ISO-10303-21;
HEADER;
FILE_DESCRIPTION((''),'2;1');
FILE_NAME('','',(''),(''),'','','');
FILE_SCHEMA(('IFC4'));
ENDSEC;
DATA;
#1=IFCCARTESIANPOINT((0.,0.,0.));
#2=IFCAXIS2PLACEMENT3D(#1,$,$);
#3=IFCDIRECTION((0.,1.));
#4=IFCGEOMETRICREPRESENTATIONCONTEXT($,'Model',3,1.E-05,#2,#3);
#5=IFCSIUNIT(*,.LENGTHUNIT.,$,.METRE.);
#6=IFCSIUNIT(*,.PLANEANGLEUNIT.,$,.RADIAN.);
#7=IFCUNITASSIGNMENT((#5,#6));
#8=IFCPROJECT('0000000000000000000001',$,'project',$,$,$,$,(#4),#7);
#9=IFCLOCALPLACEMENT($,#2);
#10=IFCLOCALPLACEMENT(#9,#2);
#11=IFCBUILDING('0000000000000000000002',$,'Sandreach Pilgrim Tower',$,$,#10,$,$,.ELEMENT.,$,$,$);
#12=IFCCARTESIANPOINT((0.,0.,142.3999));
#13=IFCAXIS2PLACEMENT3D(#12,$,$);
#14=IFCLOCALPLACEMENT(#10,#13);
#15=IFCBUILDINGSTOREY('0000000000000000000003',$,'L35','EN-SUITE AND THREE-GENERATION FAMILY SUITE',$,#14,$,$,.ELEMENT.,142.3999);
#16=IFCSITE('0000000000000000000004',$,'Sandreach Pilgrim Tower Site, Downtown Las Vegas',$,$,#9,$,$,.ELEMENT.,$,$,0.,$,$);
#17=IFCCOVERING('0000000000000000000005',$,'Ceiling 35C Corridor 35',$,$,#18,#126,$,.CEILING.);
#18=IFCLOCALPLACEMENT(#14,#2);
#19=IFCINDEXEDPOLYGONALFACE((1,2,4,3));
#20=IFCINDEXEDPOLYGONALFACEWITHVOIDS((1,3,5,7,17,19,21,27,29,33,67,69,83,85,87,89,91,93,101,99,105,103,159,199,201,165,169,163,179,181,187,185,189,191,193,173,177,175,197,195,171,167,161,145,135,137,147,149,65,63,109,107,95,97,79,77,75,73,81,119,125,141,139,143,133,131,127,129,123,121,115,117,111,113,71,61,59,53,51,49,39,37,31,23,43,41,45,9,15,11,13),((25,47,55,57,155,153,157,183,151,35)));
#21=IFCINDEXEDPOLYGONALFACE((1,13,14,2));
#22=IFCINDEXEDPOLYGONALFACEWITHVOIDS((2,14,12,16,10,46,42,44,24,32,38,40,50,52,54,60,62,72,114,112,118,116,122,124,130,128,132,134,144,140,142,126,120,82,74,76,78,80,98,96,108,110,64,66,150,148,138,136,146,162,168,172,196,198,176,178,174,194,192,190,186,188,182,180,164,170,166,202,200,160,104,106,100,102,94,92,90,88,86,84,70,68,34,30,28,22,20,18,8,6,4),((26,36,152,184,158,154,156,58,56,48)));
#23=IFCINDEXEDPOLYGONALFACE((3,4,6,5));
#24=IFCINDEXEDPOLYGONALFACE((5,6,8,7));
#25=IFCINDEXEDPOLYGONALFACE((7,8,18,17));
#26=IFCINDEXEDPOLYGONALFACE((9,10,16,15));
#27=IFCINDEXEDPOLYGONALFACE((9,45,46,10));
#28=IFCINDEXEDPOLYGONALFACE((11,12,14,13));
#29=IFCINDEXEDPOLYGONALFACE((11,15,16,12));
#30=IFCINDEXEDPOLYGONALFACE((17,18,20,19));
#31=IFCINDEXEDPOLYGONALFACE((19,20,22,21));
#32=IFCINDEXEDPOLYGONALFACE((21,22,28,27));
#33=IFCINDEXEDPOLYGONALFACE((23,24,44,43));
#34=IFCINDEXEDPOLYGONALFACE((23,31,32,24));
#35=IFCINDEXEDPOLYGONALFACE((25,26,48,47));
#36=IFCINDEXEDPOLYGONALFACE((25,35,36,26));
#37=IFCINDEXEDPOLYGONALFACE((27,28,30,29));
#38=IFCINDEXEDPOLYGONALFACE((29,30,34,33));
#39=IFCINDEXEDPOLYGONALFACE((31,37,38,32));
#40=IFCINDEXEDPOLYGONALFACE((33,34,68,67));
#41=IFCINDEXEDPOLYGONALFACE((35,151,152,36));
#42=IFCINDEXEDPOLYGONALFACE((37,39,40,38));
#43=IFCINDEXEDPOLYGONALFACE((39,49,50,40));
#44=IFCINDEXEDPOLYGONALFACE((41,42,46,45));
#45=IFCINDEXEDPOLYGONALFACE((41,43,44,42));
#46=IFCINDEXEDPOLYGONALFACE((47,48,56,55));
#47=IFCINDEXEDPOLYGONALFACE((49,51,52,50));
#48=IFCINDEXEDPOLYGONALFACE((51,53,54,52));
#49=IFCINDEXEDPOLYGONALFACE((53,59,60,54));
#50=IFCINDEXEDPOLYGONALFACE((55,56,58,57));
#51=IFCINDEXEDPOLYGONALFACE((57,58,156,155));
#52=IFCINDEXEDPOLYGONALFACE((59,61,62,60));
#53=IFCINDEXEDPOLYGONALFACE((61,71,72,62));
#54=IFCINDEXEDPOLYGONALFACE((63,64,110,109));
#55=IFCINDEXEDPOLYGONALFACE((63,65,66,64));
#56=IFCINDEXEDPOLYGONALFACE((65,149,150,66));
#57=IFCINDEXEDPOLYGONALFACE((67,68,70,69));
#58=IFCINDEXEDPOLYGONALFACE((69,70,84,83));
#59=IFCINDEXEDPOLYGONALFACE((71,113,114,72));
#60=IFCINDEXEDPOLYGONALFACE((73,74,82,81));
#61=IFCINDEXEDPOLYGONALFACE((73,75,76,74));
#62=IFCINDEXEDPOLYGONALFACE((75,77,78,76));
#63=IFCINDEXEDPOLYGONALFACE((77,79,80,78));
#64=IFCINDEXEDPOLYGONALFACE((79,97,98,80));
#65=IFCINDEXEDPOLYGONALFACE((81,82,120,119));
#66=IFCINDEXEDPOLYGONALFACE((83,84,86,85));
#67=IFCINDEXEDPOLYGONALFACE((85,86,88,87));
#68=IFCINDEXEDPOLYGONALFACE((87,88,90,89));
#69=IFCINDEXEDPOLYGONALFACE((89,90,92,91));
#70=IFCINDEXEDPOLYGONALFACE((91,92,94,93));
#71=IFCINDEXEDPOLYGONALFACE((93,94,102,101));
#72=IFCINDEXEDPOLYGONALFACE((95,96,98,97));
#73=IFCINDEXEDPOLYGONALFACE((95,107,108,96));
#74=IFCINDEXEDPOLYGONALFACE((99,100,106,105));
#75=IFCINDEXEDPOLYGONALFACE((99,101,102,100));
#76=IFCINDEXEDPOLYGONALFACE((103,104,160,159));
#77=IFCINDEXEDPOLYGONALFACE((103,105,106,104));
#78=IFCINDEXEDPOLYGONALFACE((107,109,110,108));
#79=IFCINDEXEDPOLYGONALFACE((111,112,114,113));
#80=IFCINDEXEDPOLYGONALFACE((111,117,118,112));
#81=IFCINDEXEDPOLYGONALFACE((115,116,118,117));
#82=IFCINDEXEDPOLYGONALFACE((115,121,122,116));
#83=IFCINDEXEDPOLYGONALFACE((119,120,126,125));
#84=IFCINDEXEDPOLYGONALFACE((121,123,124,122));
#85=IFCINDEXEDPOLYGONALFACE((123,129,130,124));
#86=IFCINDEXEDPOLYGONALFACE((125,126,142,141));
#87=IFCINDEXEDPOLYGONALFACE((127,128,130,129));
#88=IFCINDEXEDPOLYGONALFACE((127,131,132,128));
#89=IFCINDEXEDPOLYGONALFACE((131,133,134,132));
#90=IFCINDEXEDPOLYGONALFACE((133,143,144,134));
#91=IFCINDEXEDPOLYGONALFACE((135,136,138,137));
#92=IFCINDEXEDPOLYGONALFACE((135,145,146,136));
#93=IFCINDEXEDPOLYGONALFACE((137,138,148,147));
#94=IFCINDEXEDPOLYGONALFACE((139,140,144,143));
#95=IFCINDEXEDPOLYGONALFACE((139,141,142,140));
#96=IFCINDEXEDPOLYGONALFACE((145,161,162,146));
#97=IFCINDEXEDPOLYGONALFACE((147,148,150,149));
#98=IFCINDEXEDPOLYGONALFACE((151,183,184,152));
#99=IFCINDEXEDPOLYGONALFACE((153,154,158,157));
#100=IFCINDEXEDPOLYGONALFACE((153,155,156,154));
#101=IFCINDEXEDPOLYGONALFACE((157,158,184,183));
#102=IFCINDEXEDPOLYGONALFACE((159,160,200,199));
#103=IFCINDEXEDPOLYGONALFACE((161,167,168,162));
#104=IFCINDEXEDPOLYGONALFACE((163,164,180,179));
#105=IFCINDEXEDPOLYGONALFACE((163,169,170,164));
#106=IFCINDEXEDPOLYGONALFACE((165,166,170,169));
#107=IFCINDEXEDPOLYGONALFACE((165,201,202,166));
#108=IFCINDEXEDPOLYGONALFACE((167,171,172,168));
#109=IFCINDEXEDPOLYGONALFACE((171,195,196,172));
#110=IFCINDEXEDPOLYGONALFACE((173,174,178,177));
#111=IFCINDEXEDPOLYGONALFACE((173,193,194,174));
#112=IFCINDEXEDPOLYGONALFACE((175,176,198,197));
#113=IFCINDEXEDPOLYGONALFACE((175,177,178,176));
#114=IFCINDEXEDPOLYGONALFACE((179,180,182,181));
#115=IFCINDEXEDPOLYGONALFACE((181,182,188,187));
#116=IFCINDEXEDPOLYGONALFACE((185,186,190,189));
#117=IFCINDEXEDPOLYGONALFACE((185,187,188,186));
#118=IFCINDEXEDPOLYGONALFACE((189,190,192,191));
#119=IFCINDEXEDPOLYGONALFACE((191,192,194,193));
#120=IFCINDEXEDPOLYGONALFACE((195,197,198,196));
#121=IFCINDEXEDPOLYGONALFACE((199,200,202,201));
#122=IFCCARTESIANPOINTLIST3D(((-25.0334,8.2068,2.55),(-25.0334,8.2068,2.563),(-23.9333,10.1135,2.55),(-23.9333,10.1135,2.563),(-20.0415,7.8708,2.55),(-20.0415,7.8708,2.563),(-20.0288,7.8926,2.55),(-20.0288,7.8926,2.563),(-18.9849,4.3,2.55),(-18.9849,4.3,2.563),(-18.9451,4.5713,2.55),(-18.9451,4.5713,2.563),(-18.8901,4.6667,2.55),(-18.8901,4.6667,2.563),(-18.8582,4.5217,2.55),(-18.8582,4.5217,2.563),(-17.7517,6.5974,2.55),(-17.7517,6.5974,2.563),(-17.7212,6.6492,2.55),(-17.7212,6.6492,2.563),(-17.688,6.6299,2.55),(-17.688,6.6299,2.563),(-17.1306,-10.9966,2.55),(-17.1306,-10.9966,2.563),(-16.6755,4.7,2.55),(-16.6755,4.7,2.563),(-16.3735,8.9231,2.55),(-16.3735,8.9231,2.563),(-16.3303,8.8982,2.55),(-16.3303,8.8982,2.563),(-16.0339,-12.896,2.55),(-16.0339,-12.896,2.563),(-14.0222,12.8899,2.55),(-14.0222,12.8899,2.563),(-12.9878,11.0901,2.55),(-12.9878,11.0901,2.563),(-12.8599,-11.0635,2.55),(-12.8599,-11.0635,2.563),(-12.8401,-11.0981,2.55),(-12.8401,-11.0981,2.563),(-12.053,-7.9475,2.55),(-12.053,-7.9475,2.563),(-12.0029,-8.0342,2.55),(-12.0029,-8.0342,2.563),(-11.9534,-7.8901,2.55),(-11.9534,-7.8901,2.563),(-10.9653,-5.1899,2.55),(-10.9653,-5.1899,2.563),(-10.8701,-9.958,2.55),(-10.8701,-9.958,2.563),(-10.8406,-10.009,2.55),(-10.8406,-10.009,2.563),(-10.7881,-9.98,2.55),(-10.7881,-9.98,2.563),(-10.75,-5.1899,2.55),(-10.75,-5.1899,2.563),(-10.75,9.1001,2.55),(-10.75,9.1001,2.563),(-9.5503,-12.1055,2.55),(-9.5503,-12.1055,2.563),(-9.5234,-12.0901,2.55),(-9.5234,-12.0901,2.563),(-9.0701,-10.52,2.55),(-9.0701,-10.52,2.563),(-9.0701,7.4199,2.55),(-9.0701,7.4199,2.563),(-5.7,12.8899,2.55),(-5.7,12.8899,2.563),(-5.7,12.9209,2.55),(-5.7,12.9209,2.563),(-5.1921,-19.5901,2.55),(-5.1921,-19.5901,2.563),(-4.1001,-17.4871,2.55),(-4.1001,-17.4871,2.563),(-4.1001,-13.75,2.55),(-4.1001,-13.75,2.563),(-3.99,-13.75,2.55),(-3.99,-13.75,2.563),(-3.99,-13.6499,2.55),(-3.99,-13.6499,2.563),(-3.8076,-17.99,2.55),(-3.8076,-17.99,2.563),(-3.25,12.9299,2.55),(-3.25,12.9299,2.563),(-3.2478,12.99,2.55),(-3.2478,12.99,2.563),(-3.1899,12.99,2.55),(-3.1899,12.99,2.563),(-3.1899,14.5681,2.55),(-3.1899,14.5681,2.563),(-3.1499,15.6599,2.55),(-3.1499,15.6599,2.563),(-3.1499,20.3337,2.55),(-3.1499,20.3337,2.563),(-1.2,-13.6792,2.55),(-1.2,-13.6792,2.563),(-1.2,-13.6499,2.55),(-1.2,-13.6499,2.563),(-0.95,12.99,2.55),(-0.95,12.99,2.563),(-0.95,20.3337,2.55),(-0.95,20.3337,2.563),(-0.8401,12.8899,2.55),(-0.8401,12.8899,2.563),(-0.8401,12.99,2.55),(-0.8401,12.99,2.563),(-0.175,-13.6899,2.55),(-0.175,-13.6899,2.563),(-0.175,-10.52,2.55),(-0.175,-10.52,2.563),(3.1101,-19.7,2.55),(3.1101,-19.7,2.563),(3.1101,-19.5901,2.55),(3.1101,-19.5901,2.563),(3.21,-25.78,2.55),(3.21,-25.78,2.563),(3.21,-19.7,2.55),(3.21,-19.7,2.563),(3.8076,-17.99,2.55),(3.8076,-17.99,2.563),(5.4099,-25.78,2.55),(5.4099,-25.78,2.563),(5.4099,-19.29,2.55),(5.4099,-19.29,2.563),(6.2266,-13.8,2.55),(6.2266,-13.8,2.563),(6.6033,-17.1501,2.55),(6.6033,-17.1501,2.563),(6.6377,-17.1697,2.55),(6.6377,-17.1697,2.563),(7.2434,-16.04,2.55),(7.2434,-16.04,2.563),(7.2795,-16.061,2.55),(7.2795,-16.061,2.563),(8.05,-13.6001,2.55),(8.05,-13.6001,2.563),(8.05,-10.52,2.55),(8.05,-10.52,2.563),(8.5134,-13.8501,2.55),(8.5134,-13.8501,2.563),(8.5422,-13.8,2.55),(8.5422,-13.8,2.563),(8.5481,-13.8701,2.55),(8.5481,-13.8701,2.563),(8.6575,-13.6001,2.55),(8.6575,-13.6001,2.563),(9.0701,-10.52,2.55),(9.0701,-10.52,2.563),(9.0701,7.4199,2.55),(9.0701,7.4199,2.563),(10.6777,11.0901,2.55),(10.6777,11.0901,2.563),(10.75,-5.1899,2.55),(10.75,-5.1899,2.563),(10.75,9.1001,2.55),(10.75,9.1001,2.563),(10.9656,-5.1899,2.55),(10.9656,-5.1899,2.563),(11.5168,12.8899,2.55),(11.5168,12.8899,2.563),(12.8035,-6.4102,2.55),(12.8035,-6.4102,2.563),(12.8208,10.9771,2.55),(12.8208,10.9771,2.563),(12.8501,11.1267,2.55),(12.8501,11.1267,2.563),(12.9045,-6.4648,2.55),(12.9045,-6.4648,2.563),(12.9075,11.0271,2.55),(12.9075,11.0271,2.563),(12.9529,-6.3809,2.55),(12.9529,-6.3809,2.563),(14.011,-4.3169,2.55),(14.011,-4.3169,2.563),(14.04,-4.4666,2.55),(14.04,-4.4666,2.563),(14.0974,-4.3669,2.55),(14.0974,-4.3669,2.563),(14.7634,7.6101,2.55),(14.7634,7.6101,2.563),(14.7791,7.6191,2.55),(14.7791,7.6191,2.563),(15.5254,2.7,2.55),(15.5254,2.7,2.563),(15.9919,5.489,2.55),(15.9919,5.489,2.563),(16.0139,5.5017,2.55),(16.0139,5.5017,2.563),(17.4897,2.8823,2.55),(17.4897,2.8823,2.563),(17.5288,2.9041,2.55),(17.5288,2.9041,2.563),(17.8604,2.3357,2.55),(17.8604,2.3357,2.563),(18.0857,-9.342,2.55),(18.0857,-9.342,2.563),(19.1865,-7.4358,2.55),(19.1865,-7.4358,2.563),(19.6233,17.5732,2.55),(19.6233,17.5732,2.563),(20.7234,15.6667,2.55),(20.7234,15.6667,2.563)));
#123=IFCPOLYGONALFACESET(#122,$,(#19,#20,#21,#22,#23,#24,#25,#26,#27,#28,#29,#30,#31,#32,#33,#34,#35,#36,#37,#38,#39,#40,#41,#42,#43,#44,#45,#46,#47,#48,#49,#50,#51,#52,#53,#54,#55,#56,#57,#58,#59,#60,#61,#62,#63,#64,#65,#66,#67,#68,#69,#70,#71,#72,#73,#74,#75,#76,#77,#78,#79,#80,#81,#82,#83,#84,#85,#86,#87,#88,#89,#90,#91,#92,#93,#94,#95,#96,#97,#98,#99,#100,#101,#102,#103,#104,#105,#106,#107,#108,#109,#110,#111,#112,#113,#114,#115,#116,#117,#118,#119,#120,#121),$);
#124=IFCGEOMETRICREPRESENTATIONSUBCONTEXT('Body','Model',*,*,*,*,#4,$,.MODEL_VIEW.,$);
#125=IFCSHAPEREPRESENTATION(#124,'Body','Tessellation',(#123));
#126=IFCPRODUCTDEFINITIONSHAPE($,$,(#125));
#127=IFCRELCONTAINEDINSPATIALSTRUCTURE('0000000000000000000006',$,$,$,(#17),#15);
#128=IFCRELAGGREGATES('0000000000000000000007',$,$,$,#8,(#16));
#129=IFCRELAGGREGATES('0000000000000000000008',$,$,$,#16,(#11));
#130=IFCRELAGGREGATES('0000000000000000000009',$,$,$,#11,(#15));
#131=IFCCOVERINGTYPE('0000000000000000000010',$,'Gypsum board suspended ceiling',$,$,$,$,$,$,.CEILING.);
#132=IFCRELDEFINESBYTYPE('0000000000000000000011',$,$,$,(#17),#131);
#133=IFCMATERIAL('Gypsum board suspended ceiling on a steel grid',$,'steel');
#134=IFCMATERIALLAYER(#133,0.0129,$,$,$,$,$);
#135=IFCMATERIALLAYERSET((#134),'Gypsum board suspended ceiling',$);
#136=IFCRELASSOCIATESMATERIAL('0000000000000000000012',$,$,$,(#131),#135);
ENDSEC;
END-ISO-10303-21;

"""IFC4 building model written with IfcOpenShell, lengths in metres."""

from ifc_helpers import new_model, si_unit, direction, frame, origin, place, context, subcontext, project, spatial, polyline, outline, extrude, material, layer, layer_set, type_object, element, save


model = new_model("IFC4")

# Units and contexts
model_context = context("Model", 3, precision=1e-05, world=origin(), true_north=direction((0.0, 1.0)))
body_context = subcontext(model_context, "Body", "Model", "MODEL_VIEW")
ifc_project = project(units=[si_unit("LENGTHUNIT", "METRE"), si_unit("PLANEANGLEUNIT", "RADIAN")], contexts=[model_context])

# Site, building, storey
site_placement = place(None, origin())
site = spatial("IfcSite", under=ifc_project, at=site_placement, Name="Sandreach Pilgrim Tower Site, Downtown Las Vegas", CompositionType="ELEMENT", RefElevation=0.0)
building_placement = place(site_placement, origin())
building = spatial("IfcBuilding", under=site, at=building_placement, Name="Sandreach Pilgrim Tower", CompositionType="ELEMENT")
storey_placement = place(building_placement, frame((0.0, 0.0, 142.3999)))
storey = spatial("IfcBuildingStorey", under=building, at=storey_placement, Name="L35", Description="EN-SUITE AND THREE-GENERATION FAMILY SUITE", CompositionType="ELEMENT", Elevation=142.3999)

# Covering
ifc_material_1 = material(Name="Gypsum board suspended ceiling on a steel grid", Category="steel")
ifc_layer_1 = layer(ifc_material_1, 0.0129)
ifc_layer_set_1 = layer_set([ifc_layer_1], Name="Gypsum board suspended ceiling")
covering_type_1 = type_object("IfcCoveringType", Name="Gypsum board suspended ceiling", PredefinedType="CEILING", material=ifc_layer_set_1)
covering_1_placement = place(storey_placement, frame((0.0, 0.0, 2.55)))
element("IfcCovering", 1, at=covering_1_placement, inside=storey, type_object=covering_type_1, Name="Ceiling 35C Corridor 35", PredefinedType="CEILING", context=body_context, shape_type="SweptSolid", body=[
    extrude(outline(polyline([(-25.0334, 8.2068), (-23.9333, 10.1135), (-20.0415, 7.8708), (-20.0288, 7.8926), (-17.7517, 6.5974), (-17.7212, 6.6492), (-17.688, 6.6299), (-16.3735, 8.9231), (-16.3303, 8.8982), (-14.0222, 12.8899), (-5.7, 12.8899), (-5.7, 12.9209), (-3.25, 12.9299), (-3.2478, 12.99), (-3.1899, 12.99), (-3.1899, 14.5681), (-3.1499, 15.6599), (-3.1499, 20.3337), (-0.95, 20.3337), (-0.95, 12.99), (-0.8401, 12.99), (-0.8401, 12.8899), (11.5168, 12.8899), (19.6233, 17.5732), (20.7234, 15.6667), (12.8501, 11.1267), (12.9075, 11.0271), (12.8208, 10.9771), (14.7634, 7.6101), (14.7791, 7.6191), (16.0139, 5.5017), (15.9919, 5.489), (17.4897, 2.8823), (17.5288, 2.9041), (17.8604, 2.3357), (14.011, -4.3169), (14.0974, -4.3669), (14.04, -4.4666), (19.1865, -7.4358), (18.0857, -9.342), (12.9529, -6.3809), (12.9045, -6.4648), (12.8035, -6.4102), (8.6575, -13.6001), (8.05, -13.6001), (8.05, -10.52), (9.0701, -10.52), (9.0701, 7.4199), (-9.0701, 7.4199), (-9.0701, -10.52), (-0.175, -10.52), (-0.175, -13.6899), (-1.2, -13.6792), (-1.2, -13.6499), (-3.99, -13.6499), (-3.99, -13.75), (-4.1001, -13.75), (-4.1001, -17.4871), (-3.8076, -17.99), (3.8076, -17.99), (6.2266, -13.8), (8.5422, -13.8), (8.5134, -13.8501), (8.5481, -13.8701), (7.2795, -16.061), (7.2434, -16.04), (6.6033, -17.1501), (6.6377, -17.1697), (5.4099, -19.29), (5.4099, -25.78), (3.21, -25.78), (3.21, -19.7), (3.1101, -19.7), (3.1101, -19.5901), (-5.1921, -19.5901), (-9.5234, -12.0901), (-9.5503, -12.1055), (-10.7881, -9.98), (-10.8406, -10.009), (-10.8701, -9.958), (-12.8401, -11.0981), (-12.8599, -11.0635), (-16.0339, -12.896), (-17.1306, -10.9966), (-12.0029, -8.0342), (-12.053, -7.9475), (-11.9534, -7.8901), (-18.9849, 4.3), (-18.8582, 4.5217), (-18.9451, 4.5713), (-18.8901, 4.6667), (-25.0334, 8.2068)]), holes=[polyline([(-10.9653, -5.1899), (-10.75, -5.1899), (-10.75, 9.1001), (10.75, 9.1001), (10.75, -5.1899), (10.9656, -5.1899), (15.5254, 2.7), (10.6777, 11.0901), (-12.9878, 11.0901), (-16.6755, 4.7), (-10.9653, -5.1899)])]), origin(), (0.0, 0.0, 1.0), 0.0129),
])

save(model, "model.ifc")
